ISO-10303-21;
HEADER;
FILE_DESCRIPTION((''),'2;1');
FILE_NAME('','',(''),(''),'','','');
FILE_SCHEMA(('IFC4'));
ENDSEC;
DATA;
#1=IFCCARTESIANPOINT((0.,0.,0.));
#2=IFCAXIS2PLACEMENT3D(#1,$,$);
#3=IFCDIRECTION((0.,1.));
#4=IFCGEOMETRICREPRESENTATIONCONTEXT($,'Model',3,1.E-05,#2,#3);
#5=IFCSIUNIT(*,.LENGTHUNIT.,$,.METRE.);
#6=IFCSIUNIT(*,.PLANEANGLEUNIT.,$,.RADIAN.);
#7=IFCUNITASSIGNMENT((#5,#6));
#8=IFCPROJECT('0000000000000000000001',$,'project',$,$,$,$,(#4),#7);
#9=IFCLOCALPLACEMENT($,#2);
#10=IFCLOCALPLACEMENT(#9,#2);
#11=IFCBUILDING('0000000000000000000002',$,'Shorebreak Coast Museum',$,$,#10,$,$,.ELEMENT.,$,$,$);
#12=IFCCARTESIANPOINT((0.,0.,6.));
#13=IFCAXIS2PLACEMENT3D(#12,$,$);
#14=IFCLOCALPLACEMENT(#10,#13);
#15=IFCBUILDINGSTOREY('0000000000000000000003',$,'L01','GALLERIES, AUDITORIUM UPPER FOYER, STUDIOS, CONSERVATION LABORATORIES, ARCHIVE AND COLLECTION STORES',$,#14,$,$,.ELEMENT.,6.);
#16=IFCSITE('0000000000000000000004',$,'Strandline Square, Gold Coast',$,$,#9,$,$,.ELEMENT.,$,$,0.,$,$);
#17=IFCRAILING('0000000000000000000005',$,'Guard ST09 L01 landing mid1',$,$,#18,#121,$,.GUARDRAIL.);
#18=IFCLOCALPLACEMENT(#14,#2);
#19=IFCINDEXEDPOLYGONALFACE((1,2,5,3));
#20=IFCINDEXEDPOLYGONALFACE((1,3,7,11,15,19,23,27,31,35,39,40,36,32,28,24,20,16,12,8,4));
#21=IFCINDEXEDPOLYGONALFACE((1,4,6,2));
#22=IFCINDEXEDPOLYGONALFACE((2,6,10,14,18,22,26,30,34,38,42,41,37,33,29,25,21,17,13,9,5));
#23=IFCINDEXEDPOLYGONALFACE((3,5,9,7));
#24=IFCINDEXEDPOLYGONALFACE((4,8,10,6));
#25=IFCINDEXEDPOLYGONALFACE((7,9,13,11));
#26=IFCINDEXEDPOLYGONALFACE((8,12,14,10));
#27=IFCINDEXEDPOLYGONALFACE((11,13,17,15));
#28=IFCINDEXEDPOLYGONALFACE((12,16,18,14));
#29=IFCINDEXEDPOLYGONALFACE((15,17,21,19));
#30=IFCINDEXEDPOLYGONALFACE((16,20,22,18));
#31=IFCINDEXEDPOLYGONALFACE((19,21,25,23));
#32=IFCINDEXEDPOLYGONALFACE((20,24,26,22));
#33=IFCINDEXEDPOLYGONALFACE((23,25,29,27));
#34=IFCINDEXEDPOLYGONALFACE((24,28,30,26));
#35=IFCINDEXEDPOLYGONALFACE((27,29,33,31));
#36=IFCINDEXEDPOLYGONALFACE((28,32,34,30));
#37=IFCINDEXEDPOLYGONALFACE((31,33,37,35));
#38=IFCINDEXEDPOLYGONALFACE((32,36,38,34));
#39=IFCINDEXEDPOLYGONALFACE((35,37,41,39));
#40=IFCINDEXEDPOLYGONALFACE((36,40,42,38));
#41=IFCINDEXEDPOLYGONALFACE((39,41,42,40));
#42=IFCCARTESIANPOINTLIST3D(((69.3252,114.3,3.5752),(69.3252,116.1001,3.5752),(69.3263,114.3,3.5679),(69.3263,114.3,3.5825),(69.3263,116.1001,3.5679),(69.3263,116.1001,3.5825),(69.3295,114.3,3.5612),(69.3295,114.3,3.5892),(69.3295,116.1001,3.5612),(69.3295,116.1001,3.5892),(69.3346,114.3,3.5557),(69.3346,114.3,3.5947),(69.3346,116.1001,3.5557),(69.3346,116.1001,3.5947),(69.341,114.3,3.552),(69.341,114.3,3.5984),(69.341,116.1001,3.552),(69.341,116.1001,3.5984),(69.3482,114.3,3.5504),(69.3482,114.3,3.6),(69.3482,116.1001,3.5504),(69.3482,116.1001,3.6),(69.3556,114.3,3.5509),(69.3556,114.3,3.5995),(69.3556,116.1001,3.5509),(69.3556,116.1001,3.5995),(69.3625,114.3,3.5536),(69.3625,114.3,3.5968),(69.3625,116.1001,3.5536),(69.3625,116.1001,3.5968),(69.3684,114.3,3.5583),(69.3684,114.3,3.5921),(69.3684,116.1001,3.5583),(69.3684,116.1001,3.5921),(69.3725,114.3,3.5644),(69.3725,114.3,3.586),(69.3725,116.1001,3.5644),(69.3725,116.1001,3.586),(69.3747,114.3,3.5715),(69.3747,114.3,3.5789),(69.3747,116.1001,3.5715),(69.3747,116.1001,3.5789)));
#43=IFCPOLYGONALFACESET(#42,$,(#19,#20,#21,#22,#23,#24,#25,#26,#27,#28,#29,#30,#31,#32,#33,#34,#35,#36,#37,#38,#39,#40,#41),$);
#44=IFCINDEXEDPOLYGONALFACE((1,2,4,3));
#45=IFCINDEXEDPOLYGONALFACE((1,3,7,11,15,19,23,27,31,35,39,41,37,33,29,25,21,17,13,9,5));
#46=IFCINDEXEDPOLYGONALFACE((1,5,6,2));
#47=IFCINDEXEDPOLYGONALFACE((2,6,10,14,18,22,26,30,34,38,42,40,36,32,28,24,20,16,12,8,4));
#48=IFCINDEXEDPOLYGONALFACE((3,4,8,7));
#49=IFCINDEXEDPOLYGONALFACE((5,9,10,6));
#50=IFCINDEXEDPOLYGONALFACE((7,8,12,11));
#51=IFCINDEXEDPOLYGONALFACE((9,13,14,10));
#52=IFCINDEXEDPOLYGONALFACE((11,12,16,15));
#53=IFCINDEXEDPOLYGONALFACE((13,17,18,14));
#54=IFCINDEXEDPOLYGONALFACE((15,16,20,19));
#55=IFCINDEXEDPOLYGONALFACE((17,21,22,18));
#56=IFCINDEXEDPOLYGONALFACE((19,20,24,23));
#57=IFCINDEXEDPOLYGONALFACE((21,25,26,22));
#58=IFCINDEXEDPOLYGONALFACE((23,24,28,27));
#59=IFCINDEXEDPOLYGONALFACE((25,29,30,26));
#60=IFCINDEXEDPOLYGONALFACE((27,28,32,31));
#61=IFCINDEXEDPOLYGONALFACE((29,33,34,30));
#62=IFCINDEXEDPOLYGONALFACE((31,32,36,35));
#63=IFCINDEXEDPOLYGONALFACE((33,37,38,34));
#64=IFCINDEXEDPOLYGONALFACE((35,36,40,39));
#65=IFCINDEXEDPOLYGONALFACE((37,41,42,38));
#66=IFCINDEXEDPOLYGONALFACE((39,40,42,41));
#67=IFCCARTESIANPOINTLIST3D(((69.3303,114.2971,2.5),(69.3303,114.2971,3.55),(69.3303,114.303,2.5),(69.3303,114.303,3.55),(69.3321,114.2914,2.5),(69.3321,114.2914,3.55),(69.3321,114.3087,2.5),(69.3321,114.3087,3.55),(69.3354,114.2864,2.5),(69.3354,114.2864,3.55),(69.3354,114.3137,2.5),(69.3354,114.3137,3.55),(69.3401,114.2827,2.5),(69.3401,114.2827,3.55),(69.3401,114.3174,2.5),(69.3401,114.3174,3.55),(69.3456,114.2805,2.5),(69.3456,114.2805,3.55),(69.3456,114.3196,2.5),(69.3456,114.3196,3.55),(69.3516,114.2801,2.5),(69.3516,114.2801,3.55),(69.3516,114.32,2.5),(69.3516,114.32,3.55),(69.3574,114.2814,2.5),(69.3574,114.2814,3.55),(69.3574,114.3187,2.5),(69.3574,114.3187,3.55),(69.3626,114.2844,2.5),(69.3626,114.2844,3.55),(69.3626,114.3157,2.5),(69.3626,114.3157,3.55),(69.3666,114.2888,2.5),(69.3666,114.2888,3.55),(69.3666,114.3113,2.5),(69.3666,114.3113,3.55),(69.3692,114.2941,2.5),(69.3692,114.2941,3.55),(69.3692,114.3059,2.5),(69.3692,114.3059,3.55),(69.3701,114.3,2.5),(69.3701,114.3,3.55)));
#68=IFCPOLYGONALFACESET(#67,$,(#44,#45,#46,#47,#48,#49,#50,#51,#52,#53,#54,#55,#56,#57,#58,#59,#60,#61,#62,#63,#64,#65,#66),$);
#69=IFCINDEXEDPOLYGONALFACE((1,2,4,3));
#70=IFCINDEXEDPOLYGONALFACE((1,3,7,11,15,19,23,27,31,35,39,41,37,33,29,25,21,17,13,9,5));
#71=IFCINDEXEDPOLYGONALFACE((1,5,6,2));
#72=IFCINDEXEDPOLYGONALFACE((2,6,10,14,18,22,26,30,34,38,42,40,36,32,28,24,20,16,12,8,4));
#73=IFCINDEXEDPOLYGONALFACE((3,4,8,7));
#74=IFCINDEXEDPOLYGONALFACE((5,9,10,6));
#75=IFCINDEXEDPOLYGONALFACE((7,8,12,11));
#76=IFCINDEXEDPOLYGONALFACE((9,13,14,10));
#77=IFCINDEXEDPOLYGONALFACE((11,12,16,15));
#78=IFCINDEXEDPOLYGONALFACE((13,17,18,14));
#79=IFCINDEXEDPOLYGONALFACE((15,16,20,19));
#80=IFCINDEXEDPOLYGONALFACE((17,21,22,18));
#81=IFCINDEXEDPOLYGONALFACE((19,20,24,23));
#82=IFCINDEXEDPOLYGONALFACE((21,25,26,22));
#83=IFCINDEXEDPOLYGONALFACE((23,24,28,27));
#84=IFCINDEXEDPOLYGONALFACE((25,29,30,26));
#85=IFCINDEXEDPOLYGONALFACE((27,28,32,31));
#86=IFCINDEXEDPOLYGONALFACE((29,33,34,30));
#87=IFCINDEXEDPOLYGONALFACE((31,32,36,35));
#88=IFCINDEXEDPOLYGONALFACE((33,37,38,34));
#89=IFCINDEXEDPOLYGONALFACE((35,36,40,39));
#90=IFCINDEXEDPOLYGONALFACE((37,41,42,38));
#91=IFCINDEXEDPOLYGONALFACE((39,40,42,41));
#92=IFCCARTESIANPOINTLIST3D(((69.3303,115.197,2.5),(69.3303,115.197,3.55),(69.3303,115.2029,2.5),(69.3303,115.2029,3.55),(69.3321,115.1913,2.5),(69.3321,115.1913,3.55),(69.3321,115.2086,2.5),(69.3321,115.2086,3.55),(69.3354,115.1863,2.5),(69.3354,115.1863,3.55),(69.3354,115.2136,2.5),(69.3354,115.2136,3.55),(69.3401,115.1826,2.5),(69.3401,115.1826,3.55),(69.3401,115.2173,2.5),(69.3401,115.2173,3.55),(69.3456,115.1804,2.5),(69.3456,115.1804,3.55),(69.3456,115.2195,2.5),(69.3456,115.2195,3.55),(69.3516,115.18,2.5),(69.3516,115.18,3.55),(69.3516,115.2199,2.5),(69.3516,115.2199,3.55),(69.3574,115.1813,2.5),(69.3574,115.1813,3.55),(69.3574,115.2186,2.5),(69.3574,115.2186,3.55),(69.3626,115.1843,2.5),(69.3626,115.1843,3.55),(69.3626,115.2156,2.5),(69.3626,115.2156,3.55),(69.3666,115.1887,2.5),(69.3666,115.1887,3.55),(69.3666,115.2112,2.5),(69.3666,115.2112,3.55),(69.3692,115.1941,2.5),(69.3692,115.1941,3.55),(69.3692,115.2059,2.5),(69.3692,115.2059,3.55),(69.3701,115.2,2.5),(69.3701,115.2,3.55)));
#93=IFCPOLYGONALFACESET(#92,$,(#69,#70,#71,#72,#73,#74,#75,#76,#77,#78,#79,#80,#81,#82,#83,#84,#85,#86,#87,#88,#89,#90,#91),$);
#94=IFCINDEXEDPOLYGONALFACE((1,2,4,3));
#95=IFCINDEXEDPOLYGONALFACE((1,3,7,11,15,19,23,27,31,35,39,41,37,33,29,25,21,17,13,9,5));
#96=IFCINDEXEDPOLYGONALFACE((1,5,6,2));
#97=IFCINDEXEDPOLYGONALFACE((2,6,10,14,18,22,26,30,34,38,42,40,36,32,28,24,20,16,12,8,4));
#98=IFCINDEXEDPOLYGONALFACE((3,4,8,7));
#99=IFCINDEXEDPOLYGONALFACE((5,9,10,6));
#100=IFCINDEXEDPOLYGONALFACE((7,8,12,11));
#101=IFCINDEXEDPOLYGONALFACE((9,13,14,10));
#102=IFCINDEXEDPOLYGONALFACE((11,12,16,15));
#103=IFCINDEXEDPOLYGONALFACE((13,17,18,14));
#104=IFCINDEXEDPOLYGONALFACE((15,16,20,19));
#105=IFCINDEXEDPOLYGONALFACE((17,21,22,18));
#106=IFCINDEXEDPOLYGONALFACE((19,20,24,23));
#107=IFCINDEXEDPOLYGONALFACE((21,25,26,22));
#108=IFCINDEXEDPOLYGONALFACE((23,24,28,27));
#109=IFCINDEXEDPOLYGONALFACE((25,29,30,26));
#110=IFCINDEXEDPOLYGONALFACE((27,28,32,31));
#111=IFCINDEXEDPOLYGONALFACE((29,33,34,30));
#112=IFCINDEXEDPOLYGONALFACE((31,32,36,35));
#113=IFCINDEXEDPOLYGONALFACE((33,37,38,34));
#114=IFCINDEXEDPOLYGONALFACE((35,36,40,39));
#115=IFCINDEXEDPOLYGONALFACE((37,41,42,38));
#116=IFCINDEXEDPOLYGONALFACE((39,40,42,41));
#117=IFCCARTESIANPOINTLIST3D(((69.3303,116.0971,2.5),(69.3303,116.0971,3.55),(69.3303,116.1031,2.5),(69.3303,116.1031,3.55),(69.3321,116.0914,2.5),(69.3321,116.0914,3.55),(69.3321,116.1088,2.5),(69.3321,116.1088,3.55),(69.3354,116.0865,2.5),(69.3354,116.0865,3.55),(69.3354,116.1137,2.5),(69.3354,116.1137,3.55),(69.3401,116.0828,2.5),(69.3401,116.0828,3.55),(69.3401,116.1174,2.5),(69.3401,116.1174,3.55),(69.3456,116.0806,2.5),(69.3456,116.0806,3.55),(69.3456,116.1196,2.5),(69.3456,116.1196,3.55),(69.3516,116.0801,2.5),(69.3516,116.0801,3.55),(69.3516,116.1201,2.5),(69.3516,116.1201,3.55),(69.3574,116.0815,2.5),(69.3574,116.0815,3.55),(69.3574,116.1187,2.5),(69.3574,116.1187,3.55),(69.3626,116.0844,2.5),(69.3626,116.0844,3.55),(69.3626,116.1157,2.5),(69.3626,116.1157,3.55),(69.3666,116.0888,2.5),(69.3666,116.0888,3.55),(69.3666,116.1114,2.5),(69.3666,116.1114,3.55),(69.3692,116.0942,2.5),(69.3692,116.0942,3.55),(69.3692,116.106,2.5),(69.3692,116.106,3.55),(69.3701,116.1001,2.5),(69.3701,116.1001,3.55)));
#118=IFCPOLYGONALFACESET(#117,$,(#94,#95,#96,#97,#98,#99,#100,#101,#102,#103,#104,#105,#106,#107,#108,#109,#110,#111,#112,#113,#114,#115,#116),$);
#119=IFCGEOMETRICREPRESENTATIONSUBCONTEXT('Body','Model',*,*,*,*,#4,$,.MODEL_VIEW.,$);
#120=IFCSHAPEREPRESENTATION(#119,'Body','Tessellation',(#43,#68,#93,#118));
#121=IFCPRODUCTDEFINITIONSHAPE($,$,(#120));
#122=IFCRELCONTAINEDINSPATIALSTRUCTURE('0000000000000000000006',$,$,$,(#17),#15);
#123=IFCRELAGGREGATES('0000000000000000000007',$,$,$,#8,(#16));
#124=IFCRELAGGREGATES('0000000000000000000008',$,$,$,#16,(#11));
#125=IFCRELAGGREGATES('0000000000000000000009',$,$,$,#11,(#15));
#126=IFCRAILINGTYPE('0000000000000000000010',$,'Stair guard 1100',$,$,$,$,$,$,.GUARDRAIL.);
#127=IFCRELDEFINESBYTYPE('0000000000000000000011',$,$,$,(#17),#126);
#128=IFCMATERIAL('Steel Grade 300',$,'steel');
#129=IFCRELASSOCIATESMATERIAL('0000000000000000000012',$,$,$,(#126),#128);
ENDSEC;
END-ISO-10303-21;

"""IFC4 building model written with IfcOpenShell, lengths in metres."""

from ifc_helpers import new_model, si_unit, direction, frame, origin, origin_2d, place, context, subcontext, project, spatial, circle, extrude, material, type_object, element, save


model = new_model("IFC4")

# Units and contexts
model_context = context("Model", 3, precision=1e-05, world=origin(), true_north=direction((0.0, 1.0)))
body_context = subcontext(model_context, "Body", "Model", "MODEL_VIEW")
ifc_project = project(units=[si_unit("LENGTHUNIT", "METRE"), si_unit("PLANEANGLEUNIT", "RADIAN")], contexts=[model_context])

# Site, building, storey
site_placement = place(None, origin())
site = spatial("IfcSite", under=ifc_project, at=site_placement, Name="Strandline Square, Gold Coast", CompositionType="ELEMENT", RefElevation=0.0)
building_placement = place(site_placement, origin())
building = spatial("IfcBuilding", under=site, at=building_placement, Name="Shorebreak Coast Museum", CompositionType="ELEMENT")
storey_placement = place(building_placement, frame((0.0, 0.0, 6.0)))
storey = spatial("IfcBuildingStorey", under=building, at=storey_placement, Name="L01", Description="GALLERIES, AUDITORIUM UPPER FOYER, STUDIOS, CONSERVATION LABORATORIES, ARCHIVE AND COLLECTION STORES", CompositionType="ELEMENT", Elevation=6.0)

# Railing
ifc_material_1 = material(Name="Steel Grade 300", Category="steel")
railing_type_1 = type_object("IfcRailingType", Name="Stair guard 1100", PredefinedType="GUARDRAIL", material=ifc_material_1)
for number, where, name in (
    (1, (69.3501, 114.3, 2.5), "Guard ST09 L01 landing mid1"),
):
    element("IfcRailing", number, at=place(storey_placement, frame(where)), inside=storey, type_object=railing_type_1, Name=name, PredefinedType="GUARDRAIL", context=body_context, shape_type="SweptSolid", body=[
        extrude(circle(Radius=0.0249, at=origin_2d()), frame((0.0, 0.0, 1.0752), z_axis=(0.0, 1.0, 0.0), x_axis=(-1.0, 0.0, 0.0)), (0.0, 0.0, 1.0), 1.8),
        extrude(circle(Radius=0.02, at=origin_2d()), origin(), (0.0, 0.0, 1.0), 1.05),
        extrude(circle(Radius=0.02, at=origin_2d()), frame((0.0, 0.8999, 0.0)), (0.0, 0.0, 1.0), 1.05),
        extrude(circle(Radius=0.02, at=origin_2d()), frame((0.0, 1.8, 0.0)), (0.0, 0.0, 1.0), 1.05),
    ])

save(model, "model.ifc")
